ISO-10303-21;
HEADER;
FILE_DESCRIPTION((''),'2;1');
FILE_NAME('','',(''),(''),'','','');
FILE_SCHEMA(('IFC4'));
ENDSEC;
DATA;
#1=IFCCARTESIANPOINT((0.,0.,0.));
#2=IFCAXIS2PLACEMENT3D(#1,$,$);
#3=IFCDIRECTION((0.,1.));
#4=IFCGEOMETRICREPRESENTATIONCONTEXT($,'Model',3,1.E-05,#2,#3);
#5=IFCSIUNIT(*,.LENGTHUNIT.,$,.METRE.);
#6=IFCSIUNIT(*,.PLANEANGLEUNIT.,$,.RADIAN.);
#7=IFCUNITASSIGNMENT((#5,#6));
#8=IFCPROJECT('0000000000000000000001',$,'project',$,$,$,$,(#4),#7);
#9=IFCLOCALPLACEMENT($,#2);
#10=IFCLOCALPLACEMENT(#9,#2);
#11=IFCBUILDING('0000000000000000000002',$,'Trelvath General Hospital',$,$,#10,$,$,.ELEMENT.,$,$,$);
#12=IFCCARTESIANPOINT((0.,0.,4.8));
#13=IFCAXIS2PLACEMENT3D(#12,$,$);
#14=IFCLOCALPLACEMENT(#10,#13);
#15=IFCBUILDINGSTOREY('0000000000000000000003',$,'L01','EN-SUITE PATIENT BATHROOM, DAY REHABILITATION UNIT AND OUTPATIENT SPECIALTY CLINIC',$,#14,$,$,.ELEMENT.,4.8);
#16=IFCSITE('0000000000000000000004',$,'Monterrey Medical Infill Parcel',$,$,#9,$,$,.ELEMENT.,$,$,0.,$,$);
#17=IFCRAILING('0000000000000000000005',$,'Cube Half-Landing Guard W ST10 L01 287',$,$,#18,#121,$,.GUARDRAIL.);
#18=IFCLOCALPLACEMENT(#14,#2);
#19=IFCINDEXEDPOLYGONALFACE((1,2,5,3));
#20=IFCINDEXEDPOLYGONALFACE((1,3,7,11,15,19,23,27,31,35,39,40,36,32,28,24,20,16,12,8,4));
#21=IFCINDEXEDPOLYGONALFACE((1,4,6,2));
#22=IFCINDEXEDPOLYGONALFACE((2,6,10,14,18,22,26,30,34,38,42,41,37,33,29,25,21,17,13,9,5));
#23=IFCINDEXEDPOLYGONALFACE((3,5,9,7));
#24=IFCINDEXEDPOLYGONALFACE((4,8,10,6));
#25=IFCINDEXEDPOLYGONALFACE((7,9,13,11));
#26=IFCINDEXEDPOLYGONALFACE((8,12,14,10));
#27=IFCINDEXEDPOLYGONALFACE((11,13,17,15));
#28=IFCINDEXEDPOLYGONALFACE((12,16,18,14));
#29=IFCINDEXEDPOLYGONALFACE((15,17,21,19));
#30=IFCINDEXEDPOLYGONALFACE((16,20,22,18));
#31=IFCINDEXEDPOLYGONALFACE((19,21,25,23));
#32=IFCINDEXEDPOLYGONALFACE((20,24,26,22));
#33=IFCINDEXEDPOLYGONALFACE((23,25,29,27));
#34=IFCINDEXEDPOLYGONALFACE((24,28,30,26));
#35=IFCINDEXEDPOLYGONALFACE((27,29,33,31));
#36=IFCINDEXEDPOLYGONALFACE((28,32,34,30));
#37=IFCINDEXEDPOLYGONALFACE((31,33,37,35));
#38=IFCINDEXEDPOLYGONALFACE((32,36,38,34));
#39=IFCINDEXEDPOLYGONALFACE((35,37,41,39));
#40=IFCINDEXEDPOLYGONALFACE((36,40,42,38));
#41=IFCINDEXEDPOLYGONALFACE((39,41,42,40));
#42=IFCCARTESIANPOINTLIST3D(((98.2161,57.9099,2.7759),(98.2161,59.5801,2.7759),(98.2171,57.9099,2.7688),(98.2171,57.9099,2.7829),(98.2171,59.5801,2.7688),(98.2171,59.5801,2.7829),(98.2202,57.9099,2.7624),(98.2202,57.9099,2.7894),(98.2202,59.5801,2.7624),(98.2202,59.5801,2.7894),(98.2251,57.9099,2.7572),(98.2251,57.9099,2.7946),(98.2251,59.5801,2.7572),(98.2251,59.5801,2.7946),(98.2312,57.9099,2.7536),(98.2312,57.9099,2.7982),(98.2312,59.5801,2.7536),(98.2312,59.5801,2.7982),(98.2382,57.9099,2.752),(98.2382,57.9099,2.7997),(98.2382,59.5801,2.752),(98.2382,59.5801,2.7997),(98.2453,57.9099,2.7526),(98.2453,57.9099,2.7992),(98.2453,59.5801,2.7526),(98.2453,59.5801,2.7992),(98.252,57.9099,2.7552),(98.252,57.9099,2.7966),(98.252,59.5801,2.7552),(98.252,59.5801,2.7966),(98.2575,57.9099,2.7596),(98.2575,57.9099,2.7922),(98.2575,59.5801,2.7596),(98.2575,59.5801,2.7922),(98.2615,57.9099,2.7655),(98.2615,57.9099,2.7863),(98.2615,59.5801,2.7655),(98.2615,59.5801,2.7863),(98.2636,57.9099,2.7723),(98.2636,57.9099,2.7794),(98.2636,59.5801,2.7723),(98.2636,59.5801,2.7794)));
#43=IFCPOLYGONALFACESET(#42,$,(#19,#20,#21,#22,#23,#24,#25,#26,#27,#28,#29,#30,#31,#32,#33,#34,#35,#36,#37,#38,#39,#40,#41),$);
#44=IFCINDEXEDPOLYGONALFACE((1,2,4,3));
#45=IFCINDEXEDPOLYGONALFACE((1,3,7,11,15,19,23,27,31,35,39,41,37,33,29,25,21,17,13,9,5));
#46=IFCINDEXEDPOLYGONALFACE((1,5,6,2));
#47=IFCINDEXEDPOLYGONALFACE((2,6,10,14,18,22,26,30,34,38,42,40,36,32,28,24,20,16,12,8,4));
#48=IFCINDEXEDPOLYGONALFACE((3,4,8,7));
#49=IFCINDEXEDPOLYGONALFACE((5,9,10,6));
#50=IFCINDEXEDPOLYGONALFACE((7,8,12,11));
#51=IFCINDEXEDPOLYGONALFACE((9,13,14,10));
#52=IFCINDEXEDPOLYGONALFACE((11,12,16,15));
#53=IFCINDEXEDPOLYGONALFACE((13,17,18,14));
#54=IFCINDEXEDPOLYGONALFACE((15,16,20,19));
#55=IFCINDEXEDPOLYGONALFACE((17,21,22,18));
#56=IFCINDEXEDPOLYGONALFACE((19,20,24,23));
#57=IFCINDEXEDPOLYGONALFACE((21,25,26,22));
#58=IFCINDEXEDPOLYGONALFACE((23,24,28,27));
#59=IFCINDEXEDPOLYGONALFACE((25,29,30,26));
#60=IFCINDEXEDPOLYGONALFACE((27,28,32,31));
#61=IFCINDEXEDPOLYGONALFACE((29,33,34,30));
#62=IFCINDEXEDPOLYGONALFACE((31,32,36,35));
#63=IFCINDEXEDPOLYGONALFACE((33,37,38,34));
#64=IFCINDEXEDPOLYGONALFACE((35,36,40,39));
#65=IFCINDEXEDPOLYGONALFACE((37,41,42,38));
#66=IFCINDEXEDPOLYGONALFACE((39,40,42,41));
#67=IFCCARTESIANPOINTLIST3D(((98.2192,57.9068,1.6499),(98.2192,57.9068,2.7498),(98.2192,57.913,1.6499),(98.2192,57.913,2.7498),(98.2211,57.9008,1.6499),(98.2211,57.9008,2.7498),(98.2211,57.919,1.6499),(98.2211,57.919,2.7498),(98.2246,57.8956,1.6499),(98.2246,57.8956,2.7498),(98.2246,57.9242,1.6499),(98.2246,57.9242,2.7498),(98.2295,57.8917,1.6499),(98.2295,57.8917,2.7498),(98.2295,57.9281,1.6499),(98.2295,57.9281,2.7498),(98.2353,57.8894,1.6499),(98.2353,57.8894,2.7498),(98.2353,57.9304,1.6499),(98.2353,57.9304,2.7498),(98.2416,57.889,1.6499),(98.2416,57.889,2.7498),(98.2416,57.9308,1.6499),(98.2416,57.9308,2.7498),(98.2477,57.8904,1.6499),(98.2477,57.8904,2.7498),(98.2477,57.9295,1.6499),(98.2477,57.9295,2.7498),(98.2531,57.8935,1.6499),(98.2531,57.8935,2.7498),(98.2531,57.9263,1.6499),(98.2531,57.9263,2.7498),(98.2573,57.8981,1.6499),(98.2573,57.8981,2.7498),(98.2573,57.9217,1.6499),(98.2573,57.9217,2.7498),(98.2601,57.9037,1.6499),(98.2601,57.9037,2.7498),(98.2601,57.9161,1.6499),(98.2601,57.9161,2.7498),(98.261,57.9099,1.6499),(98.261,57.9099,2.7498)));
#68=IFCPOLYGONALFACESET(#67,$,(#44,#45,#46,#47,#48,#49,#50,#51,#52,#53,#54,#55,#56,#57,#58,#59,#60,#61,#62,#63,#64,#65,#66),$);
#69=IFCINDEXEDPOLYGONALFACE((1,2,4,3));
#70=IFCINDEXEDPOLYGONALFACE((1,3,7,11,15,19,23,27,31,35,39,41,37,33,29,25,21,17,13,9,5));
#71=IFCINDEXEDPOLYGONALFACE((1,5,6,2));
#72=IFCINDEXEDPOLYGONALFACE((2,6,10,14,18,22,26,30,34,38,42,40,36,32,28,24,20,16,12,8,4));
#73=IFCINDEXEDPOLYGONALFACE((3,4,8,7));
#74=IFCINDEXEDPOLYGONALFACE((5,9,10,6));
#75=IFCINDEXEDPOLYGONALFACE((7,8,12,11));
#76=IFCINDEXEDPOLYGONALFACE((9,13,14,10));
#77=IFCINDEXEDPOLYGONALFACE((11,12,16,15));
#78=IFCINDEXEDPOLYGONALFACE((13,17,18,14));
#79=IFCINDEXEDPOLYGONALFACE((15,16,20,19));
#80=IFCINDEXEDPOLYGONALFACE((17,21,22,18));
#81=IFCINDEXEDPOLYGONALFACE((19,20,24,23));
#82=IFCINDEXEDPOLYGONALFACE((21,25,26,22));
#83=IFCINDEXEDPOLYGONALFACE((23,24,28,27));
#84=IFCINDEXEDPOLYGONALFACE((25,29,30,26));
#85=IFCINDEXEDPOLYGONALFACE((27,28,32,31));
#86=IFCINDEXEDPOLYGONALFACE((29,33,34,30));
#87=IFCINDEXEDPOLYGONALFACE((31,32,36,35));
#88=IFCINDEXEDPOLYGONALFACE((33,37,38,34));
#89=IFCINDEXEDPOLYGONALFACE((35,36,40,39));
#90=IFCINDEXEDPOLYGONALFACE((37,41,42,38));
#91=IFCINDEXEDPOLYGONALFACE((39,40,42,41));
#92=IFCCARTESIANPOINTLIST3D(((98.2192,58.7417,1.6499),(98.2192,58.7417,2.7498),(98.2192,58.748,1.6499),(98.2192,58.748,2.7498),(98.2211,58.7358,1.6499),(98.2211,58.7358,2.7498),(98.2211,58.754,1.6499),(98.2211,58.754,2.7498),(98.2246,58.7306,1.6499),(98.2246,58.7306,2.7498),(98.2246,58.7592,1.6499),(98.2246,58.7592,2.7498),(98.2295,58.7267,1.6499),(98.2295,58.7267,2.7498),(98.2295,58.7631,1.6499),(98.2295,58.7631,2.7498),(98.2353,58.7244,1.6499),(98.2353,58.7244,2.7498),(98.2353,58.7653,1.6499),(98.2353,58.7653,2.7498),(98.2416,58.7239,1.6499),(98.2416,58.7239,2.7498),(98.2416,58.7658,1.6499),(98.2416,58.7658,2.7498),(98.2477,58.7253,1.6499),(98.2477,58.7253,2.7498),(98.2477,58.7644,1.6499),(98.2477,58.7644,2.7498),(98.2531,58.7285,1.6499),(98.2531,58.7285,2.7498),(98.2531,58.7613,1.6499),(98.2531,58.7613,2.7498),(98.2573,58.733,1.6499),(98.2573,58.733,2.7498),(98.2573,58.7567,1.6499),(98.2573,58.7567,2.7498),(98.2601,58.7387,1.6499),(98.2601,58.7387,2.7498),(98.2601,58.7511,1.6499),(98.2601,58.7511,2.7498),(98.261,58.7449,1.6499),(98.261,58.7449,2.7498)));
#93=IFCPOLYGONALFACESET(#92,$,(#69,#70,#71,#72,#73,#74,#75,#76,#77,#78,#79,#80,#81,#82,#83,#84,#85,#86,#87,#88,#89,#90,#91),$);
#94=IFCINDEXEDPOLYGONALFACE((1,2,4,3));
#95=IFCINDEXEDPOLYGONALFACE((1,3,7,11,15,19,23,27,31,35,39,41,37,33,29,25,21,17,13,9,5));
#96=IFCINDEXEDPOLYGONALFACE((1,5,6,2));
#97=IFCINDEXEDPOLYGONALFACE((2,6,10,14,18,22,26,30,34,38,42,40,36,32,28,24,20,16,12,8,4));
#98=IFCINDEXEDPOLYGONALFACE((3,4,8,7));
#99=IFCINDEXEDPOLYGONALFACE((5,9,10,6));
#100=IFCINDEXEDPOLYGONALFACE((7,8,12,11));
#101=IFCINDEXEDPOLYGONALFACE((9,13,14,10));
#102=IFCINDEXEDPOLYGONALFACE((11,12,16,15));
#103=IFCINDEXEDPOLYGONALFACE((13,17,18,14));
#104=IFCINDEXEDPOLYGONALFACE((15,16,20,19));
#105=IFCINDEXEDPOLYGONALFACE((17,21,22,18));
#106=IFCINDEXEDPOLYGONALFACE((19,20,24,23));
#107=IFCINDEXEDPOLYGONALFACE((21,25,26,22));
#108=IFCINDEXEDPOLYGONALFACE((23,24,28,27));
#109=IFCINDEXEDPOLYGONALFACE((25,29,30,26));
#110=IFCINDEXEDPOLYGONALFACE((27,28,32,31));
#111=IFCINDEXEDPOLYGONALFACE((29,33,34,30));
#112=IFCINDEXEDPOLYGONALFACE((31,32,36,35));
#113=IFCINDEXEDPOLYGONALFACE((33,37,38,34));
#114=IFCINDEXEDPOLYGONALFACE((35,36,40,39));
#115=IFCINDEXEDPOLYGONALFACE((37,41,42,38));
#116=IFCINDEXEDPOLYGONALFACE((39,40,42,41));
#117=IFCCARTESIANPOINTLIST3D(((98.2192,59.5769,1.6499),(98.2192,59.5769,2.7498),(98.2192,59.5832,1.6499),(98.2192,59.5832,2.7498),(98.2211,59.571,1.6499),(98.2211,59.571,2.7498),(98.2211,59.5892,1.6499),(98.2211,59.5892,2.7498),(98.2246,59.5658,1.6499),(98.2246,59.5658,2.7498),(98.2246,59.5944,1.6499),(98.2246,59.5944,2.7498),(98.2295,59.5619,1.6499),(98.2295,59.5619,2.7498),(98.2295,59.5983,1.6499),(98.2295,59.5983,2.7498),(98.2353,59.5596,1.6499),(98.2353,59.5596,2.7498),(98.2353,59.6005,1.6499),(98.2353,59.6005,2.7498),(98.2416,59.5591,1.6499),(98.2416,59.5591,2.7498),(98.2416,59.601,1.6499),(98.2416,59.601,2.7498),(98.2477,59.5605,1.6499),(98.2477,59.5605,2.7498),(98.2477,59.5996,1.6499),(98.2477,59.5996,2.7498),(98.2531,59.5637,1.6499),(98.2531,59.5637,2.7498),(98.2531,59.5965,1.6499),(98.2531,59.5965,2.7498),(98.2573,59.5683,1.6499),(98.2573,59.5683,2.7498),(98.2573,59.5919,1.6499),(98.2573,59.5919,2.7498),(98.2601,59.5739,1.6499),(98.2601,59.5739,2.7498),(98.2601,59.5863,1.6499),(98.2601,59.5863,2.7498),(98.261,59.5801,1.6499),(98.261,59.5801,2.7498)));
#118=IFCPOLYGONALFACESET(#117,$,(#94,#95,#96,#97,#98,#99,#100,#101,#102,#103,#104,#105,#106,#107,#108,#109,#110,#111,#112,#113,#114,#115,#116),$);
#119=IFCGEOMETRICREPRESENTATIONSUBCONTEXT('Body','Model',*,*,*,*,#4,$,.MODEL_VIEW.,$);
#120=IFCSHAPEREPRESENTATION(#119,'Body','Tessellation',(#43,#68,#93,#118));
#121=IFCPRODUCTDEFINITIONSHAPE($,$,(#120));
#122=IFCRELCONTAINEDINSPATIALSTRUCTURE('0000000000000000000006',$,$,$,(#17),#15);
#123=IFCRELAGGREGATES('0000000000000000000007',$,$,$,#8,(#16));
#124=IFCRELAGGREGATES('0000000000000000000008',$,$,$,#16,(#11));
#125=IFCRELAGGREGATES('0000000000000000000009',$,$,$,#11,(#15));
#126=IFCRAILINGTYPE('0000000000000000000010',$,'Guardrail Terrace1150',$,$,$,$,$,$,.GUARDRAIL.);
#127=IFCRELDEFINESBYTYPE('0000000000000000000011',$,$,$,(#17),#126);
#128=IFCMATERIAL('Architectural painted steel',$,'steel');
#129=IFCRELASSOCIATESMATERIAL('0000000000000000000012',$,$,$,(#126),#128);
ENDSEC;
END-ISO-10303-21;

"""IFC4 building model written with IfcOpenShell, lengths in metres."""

from ifc_helpers import new_model, si_unit, direction, frame, origin, origin_2d, place, context, subcontext, project, spatial, circle, extrude, material, type_object, element, save


model = new_model("IFC4")

# Units and contexts
model_context = context("Model", 3, precision=1e-05, world=origin(), true_north=direction((0.0, 1.0)))
body_context = subcontext(model_context, "Body", "Model", "MODEL_VIEW")
ifc_project = project(units=[si_unit("LENGTHUNIT", "METRE"), si_unit("PLANEANGLEUNIT", "RADIAN")], contexts=[model_context])

# Site, building, storey
site_placement = place(None, origin())
site = spatial("IfcSite", under=ifc_project, at=site_placement, Name="Monterrey Medical Infill Parcel", CompositionType="ELEMENT", RefElevation=0.0)
building_placement = place(site_placement, origin())
building = spatial("IfcBuilding", under=site, at=building_placement, Name="Trelvath General Hospital", CompositionType="ELEMENT")
storey_placement = place(building_placement, frame((0.0, 0.0, 4.8)))
storey = spatial("IfcBuildingStorey", under=building, at=storey_placement, Name="L01", Description="EN-SUITE PATIENT BATHROOM, DAY REHABILITATION UNIT AND OUTPATIENT SPECIALTY CLINIC", CompositionType="ELEMENT", Elevation=4.8)

# Railing
ifc_material_1 = material(Name="Architectural painted steel", Category="steel")
railing_type = type_object("IfcRailingType", Name="Guardrail Terrace1150", PredefinedType="GUARDRAIL", material=ifc_material_1)
railing_1_placement = place(storey_placement, frame((98.24, 57.9099, 1.6499)))
element("IfcRailing", 1, at=railing_1_placement, inside=storey, type_object=railing_type, Name="Cube Half-Landing Guard W ST10 L01 287", PredefinedType="GUARDRAIL", context=body_context, shape_type="SweptSolid", body=[
    extrude(circle(Radius=0.0239, at=origin_2d()), frame((0.0, 0.0, 1.126), z_axis=(0.0, 1.0, 0.0), x_axis=(-1.0, 0.0, 0.0)), (0.0, 0.0, 1.0), 1.6702),
    extrude(circle(Radius=0.021, at=origin_2d()), origin(), (0.0, 0.0, 1.0), 1.0999),
    extrude(circle(Radius=0.021, at=origin_2d()), frame((0.0, 0.835, 0.0)), (0.0, 0.0, 1.0), 1.0999),
    extrude(circle(Radius=0.021, at=origin_2d()), frame((0.0, 1.6702, 0.0)), (0.0, 0.0, 1.0), 1.0999),
])

save(model, "model.ifc")
